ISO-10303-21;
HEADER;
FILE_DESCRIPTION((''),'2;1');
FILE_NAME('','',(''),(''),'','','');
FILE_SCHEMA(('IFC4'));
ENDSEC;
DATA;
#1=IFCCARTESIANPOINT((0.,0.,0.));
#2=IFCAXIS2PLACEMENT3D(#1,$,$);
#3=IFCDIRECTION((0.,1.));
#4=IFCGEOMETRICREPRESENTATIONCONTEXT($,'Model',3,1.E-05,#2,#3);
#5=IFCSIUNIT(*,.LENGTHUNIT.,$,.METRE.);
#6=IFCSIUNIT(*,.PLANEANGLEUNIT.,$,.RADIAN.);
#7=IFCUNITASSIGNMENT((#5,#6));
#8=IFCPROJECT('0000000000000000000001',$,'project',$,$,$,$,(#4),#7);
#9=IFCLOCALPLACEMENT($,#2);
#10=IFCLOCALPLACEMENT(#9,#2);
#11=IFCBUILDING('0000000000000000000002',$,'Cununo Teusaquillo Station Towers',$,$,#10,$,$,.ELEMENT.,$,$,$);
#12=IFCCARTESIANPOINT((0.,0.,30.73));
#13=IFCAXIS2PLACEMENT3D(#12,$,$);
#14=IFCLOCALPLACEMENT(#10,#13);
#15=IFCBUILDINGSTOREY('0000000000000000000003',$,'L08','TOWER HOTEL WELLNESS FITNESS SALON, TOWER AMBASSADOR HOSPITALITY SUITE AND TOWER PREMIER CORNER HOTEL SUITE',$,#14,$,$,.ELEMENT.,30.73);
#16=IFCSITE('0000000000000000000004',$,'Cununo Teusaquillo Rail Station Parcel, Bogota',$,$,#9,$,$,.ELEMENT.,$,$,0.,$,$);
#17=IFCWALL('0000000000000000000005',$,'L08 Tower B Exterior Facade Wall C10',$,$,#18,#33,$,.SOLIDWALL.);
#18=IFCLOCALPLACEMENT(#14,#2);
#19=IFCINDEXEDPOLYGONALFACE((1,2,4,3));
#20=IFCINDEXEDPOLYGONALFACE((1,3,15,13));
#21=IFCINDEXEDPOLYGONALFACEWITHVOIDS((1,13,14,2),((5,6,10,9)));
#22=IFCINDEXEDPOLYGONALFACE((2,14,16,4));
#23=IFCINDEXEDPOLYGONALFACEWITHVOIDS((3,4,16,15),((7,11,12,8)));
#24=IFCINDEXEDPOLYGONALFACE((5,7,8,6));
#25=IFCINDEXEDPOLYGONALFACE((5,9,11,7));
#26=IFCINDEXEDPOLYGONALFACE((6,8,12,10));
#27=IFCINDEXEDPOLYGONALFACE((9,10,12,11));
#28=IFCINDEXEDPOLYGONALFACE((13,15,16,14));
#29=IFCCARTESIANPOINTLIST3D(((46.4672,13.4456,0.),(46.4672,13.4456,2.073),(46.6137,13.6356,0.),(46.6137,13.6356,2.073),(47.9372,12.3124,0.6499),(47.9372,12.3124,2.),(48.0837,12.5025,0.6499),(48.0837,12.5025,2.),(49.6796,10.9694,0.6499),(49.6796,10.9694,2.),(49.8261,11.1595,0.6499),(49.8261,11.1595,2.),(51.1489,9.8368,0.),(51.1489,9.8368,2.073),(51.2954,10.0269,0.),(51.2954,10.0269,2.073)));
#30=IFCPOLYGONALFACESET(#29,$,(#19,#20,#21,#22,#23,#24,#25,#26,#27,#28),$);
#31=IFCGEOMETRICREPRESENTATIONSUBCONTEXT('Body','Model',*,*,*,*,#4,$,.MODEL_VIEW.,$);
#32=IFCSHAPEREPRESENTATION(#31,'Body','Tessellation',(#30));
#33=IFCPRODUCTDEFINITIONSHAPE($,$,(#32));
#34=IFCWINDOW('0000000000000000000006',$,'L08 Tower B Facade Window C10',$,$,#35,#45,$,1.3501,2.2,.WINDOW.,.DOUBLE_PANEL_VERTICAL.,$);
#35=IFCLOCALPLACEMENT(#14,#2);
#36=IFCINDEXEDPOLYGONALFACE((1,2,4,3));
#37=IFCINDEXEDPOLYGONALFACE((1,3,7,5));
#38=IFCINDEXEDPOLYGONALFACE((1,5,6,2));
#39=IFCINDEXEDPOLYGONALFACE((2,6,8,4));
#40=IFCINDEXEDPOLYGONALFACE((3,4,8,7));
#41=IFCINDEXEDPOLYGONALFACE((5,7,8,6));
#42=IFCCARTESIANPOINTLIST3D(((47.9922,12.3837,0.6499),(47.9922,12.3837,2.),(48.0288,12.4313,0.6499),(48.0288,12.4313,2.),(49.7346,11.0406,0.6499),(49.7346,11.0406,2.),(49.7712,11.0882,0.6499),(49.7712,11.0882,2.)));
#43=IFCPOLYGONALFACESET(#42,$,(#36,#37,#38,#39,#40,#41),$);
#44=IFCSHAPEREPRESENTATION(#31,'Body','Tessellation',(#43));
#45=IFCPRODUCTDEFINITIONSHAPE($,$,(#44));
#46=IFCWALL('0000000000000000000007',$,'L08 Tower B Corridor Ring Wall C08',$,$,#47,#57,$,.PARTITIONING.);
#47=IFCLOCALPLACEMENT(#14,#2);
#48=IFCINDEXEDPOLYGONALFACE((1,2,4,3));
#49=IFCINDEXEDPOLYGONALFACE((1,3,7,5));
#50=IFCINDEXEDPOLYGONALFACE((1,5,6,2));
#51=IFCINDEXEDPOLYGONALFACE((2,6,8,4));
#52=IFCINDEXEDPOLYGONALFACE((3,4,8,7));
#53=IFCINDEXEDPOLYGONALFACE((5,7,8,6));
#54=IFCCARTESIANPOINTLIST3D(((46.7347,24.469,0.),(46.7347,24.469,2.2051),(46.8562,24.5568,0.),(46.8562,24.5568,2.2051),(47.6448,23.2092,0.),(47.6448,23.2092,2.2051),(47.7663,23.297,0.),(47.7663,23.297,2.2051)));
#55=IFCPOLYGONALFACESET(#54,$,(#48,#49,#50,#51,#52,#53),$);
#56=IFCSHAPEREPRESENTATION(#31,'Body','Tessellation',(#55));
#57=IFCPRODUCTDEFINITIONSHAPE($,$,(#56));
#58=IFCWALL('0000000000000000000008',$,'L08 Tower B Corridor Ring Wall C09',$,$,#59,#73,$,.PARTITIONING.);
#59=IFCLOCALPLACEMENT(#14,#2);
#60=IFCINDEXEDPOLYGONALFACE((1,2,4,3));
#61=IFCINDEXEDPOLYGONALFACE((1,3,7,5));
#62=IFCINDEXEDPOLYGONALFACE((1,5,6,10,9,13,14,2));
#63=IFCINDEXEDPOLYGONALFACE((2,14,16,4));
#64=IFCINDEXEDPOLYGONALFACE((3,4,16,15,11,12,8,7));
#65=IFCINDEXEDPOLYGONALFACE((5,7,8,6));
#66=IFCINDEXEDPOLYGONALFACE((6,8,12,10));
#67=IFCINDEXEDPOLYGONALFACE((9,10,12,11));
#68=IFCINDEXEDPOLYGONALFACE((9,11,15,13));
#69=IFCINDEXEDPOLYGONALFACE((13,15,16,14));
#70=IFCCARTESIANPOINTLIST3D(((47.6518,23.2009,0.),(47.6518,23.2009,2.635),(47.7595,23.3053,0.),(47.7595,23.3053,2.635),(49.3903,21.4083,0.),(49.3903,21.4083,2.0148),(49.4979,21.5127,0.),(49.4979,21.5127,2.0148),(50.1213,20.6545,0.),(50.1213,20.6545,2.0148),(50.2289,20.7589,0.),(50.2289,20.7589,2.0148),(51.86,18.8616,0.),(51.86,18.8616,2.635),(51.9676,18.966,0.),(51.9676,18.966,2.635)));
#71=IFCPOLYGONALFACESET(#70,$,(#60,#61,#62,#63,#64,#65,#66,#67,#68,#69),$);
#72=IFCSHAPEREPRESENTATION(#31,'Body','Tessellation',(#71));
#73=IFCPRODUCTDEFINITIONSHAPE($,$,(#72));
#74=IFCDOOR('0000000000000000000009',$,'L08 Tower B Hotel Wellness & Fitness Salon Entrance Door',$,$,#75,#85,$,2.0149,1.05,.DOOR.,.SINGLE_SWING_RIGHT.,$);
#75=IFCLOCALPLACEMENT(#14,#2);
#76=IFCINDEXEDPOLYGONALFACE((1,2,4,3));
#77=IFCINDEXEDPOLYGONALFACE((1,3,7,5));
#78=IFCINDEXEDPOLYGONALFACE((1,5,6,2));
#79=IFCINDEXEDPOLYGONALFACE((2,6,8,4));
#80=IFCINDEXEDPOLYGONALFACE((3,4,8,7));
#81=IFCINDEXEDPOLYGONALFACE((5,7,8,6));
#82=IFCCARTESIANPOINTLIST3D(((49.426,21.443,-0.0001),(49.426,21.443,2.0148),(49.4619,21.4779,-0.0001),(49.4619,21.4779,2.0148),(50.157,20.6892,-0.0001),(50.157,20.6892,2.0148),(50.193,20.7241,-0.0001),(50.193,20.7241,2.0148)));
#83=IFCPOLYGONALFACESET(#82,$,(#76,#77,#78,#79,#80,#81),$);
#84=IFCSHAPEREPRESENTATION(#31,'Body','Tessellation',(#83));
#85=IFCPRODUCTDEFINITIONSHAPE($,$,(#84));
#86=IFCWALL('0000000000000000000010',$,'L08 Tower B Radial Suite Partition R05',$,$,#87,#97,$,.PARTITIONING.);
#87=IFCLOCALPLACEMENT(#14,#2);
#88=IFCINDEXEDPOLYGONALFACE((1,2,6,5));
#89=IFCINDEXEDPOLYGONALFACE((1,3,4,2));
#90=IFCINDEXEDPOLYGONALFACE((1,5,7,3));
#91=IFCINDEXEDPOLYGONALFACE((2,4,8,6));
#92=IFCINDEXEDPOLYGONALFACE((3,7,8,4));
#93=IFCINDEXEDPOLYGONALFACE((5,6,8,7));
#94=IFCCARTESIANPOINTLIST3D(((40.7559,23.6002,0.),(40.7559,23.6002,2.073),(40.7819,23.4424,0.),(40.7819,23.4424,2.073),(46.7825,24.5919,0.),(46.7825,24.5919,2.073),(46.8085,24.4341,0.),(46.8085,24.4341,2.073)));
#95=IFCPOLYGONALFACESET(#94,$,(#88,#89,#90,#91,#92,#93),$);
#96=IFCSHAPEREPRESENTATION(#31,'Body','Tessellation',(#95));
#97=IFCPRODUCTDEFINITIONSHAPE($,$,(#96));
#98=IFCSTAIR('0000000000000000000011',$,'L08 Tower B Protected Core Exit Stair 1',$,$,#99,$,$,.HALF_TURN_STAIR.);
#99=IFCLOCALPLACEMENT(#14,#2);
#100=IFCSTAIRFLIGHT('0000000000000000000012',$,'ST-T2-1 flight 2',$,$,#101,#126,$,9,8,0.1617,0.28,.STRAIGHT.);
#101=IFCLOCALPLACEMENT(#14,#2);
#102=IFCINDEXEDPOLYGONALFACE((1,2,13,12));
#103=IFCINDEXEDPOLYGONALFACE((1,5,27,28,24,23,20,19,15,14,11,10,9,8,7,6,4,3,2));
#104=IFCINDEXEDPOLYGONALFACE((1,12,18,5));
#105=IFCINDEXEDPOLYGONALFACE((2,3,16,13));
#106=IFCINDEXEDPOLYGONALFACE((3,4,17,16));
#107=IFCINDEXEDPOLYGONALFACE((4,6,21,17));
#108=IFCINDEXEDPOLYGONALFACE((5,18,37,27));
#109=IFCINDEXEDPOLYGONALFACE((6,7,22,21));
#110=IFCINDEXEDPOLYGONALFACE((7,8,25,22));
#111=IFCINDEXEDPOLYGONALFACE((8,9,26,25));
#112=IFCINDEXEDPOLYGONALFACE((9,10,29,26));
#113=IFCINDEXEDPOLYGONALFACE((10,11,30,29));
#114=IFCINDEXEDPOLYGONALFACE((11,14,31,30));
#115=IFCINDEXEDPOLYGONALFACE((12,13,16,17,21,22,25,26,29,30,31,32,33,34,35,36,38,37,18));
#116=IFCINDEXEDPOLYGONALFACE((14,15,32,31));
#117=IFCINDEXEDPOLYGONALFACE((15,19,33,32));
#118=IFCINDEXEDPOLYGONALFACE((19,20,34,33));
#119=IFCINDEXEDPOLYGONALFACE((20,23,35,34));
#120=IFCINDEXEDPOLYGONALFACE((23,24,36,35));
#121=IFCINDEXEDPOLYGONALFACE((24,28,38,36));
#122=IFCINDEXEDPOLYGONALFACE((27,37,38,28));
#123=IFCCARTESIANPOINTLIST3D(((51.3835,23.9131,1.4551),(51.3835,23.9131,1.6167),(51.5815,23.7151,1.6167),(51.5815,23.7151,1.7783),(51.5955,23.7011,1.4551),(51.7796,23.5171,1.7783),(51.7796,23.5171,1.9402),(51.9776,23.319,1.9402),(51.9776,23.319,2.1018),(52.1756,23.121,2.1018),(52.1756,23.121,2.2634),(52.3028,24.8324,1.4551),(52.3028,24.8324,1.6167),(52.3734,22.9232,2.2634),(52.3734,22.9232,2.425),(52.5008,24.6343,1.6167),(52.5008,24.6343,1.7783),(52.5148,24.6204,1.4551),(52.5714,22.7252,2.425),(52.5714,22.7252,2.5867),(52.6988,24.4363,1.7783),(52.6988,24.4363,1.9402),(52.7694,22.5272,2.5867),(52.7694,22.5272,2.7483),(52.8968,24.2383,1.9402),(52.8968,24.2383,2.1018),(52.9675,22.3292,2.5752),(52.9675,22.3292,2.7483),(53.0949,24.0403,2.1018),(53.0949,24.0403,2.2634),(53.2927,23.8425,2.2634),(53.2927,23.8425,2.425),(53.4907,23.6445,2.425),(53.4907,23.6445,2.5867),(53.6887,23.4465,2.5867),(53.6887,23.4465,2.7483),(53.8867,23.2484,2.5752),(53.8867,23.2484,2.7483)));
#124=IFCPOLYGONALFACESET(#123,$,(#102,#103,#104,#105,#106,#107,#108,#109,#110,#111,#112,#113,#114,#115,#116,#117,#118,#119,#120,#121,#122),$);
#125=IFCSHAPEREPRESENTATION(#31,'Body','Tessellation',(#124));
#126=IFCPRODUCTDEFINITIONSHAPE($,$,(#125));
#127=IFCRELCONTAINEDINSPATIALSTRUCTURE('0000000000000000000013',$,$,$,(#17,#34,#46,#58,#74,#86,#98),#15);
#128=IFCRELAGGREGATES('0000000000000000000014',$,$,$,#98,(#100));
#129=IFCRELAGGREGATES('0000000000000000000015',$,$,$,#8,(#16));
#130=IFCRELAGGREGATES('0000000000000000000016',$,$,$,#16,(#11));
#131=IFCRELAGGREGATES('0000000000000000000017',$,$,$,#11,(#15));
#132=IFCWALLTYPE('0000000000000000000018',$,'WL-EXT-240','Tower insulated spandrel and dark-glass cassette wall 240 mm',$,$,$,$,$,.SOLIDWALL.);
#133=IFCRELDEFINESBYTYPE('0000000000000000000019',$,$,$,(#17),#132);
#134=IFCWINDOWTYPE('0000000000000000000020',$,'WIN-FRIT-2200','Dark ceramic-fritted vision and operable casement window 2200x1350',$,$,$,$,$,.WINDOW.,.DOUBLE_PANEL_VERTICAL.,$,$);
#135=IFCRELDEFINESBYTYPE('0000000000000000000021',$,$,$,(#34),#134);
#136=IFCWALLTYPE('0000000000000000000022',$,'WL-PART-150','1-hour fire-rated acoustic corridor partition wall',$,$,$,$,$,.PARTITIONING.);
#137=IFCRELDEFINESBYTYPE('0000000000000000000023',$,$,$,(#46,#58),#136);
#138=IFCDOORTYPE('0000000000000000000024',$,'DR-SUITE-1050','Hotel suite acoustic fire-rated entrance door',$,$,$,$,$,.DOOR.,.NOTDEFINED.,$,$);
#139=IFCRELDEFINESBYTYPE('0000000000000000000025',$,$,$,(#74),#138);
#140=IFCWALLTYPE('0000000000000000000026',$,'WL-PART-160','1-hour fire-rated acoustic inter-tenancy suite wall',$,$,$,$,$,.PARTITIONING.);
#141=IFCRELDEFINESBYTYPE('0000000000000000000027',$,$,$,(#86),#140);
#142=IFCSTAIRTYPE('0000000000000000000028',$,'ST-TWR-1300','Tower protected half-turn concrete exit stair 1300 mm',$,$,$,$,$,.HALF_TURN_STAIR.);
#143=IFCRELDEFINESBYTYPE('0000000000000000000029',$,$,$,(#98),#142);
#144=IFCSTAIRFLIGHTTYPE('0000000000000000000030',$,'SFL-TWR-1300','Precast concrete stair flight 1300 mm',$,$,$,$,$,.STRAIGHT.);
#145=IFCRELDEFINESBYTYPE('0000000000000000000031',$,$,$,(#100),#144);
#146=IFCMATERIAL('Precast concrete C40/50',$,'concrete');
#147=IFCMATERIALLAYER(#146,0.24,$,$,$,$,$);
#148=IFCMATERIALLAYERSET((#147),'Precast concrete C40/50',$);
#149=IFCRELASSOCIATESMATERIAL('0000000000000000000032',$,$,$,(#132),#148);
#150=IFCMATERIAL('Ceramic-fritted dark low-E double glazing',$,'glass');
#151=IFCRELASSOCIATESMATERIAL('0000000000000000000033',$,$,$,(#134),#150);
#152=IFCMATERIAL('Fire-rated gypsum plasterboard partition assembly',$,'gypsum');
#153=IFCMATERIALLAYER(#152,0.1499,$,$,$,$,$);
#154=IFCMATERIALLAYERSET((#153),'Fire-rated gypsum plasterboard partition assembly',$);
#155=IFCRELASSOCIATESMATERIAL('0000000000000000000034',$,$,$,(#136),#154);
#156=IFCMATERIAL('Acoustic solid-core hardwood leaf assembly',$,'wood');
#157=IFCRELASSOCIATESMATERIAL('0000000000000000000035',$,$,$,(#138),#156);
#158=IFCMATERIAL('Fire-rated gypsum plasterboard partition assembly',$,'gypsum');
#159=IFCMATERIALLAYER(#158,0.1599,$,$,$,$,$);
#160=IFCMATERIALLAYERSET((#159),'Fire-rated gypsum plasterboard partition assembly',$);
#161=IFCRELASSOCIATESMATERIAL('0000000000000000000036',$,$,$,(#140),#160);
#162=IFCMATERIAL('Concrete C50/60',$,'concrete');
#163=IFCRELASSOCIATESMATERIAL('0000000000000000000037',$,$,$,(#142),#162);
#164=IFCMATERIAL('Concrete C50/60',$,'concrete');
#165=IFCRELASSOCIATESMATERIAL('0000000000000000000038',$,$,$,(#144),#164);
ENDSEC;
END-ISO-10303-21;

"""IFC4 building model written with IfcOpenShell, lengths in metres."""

from ifc_helpers import new_model, si_unit, direction, frame, frame_2d, origin, place, context, subcontext, project, spatial, polyline, rectangle, outline, extrude, source, transform, mapped, material, layer, layer_set, type_object, element, fill, aggregate, save


model = new_model("IFC4")

# Units and contexts
model_context = context("Model", 3, precision=1e-05, world=origin(), true_north=direction((0.0, 1.0)))
body_context = subcontext(model_context, "Body", "Model", "MODEL_VIEW")
ifc_project = project(units=[si_unit("LENGTHUNIT", "METRE"), si_unit("PLANEANGLEUNIT", "RADIAN")], contexts=[model_context])

# Site, building, storey
site_placement = place(None, origin())
site = spatial("IfcSite", under=ifc_project, at=site_placement, Name="Cununo Teusaquillo Rail Station Parcel, Bogota", CompositionType="ELEMENT", RefElevation=0.0)
building_placement = place(site_placement, origin())
building = spatial("IfcBuilding", under=site, at=building_placement, Name="Cununo Teusaquillo Station Towers", CompositionType="ELEMENT")
storey_placement = place(building_placement, frame((0.0, 0.0, 30.73)))
storey = spatial("IfcBuildingStorey", under=building, at=storey_placement, Name="L08", Description="TOWER HOTEL WELLNESS FITNESS SALON, TOWER AMBASSADOR HOSPITALITY SUITE AND TOWER PREMIER CORNER HOTEL SUITE", CompositionType="ELEMENT", Elevation=30.73)

# Shared definitions
ifc_material_1 = material(Name="Precast concrete C40/50", Category="concrete")
ifc_layer_1 = layer(ifc_material_1, 0.24)
ifc_layer_set_1 = layer_set([ifc_layer_1], Name="Precast concrete C40/50")
wall_type_1 = type_object("IfcWallType", Name="WL-EXT-240", Description="Tower insulated spandrel and dark-glass cassette wall 240 mm", PredefinedType="SOLIDWALL", material=ifc_layer_set_1)

# Shared definitions
shared_shape_1 = source(origin(), body_context, "Body", "SweptSolid", [
    extrude(rectangle(XDim=2.2, YDim=1.3501, at=frame_2d((1.1001, 0.675))), frame((0.0, 0.1299, 0.0), z_axis=(0.0, -1.0, 0.0), x_axis=(1.0, 0.0, 0.0)), (0.0, 0.0, 1.0), 0.26),
])
ifc_material_2 = material(Name="Ceramic-fritted dark low-E double glazing", Category="glass")
window_type_1 = type_object("IfcWindowType", Name="WIN-FRIT-2200", Description="Dark ceramic-fritted vision and operable casement window 2200x1350", PartitioningType="DOUBLE_PANEL_VERTICAL", PredefinedType="WINDOW", material=ifc_material_2)
shared_shape_2 = source(origin(), body_context, "Body", "SweptSolid", [
    extrude(rectangle(XDim=2.2, YDim=1.3501, at=frame_2d((1.1001, 0.675))), frame((0.0, 0.03, 0.0), z_axis=(0.0, -1.0, 0.0), x_axis=(1.0, 0.0, 0.0)), (0.0, 0.0, 1.0), 0.0601),
])

# Wall, opening, window
wall_1_placement = place(storey_placement, frame((51.2222, 9.9319, 0.0), z_axis=(0.0, 0.0, 1.0), x_axis=(-0.79202, 0.610495, 0.0)))
wall_1 = element("IfcWall", 1, at=wall_1_placement, inside=storey, type_object=wall_type_1, Name="L08 Tower B Exterior Facade Wall C10", PredefinedType="SOLIDWALL", context=body_context, shape_type="SweptSolid", body=[
    extrude(rectangle(XDim=5.9111, YDim=0.24, at=frame_2d((2.9556, 0.0))), origin(), (0.0, 0.0, 1.0), 2.073),
])
opening_1_placement = place(wall_1_placement, frame((1.855, 0.0, 0.6499)))
opening_1 = element("IfcOpeningElement", 2, at=opening_1_placement, cuts=wall_1, PredefinedType="OPENING", context=body_context, shape_type="MappedRepresentation", body=[
    mapped(shared_shape_1, transform((0.0, 0.0, 0.0), x_axis=(1.0, 0.0, 0.0), y_axis=(0.0, 1.0, 0.0), z_axis=(0.0, 0.0, 1.0), scale=1.0)),
])
window_1_placement = place(opening_1_placement, origin())
window_1 = element("IfcWindow", 3, at=window_1_placement, inside=storey, type_object=window_type_1, Name="L08 Tower B Facade Window C10", OverallHeight=1.3501, OverallWidth=2.2, PartitioningType="DOUBLE_PANEL_VERTICAL", PredefinedType="WINDOW", context=body_context, shape_type="MappedRepresentation", body=[
    mapped(shared_shape_2, transform((0.0, 0.0, 0.0), x_axis=(1.0, 0.0, 0.0), y_axis=(0.0, 1.0, 0.0), z_axis=(0.0, 0.0, 1.0), scale=1.0)),
])
fill(opening_1, window_1)

# Wall
ifc_material_3 = material(Name="Fire-rated gypsum plasterboard partition assembly", Category="gypsum")
ifc_layer_2 = layer(ifc_material_3, 0.1499)
ifc_layer_set_2 = layer_set([ifc_layer_2], Name="Fire-rated gypsum plasterboard partition assembly")
wall_type_2 = type_object("IfcWallType", Name="WL-PART-150", Description="1-hour fire-rated acoustic corridor partition wall", PredefinedType="PARTITIONING", material=ifc_layer_set_2)
wall_2_placement = place(storey_placement, frame((46.7954, 24.5129, 0.0), z_axis=(0.0, 0.0, 1.0), x_axis=(0.585628, -0.81058, 0.0)))
element("IfcWall", 4, at=wall_2_placement, inside=storey, type_object=wall_type_2, Name="L08 Tower B Corridor Ring Wall C08", PredefinedType="PARTITIONING", context=body_context, shape_type="SweptSolid", body=[
    extrude(rectangle(XDim=1.5542, YDim=0.1499, at=frame_2d((0.7771, 0.0))), origin(), (0.0, 0.0, 1.0), 2.2051),
])

# Wall, opening, door
wall_3_placement = place(storey_placement, frame((47.7056, 23.2532, 0.0), z_axis=(0.0, 0.0, 1.0), x_axis=(0.696179, -0.717868, 0.0)))
wall_3 = element("IfcWall", 5, at=wall_3_placement, inside=storey, type_object=wall_type_2, Name="L08 Tower B Corridor Ring Wall C09", PredefinedType="PARTITIONING", context=body_context, shape_type="SweptSolid", body=[
    extrude(rectangle(XDim=6.0447, YDim=0.1499, at=frame_2d((3.0225, 0.0))), origin(), (0.0, 0.0, 1.0), 2.635),
])
shared_shape_3 = source(origin(), body_context, "Body", "SweptSolid", [
    extrude(rectangle(XDim=1.05, YDim=2.0149, at=frame_2d((0.5249, 1.0073))), frame((0.0, 0.085, 0.0), z_axis=(0.0, -1.0, 0.0), x_axis=(1.0, 0.0, 0.0)), (0.0, 0.0, 1.0), 0.1699),
])
opening_2_placement = place(wall_3_placement, frame((2.4973, 0.0, 0.0)))
opening_2 = element("IfcOpeningElement", 6, at=opening_2_placement, cuts=wall_3, PredefinedType="OPENING", context=body_context, shape_type="MappedRepresentation", body=[
    mapped(shared_shape_3, transform((0.0, 0.0, 0.0), x_axis=(1.0, 0.0, 0.0), y_axis=(0.0, 1.0, 0.0), z_axis=(0.0, 0.0, 1.0), scale=1.0)),
])
ifc_material_4 = material(Name="Acoustic solid-core hardwood leaf assembly", Category="wood")
door_type_1 = type_object("IfcDoorType", Name="DR-SUITE-1050", Description="Hotel suite acoustic fire-rated entrance door", OperationType="NOTDEFINED", PredefinedType="DOOR", material=ifc_material_4)
shared_shape_4 = source(origin(), body_context, "Body", "SweptSolid", [
    extrude(rectangle(XDim=1.05, YDim=2.0149, at=frame_2d((0.5249, 1.0073))), frame((0.0, 0.0249, 0.0), z_axis=(0.0, -1.0, 0.0), x_axis=(1.0, 0.0, 0.0)), (0.0, 0.0, 1.0), 0.05),
])
door_1_placement = place(opening_2_placement, origin())
door_1 = element("IfcDoor", 7, at=door_1_placement, inside=storey, type_object=door_type_1, Name="L08 Tower B Hotel Wellness & Fitness Salon Entrance Door", OperationType="SINGLE_SWING_RIGHT", OverallHeight=2.0149, OverallWidth=1.05, PredefinedType="DOOR", context=body_context, shape_type="MappedRepresentation", body=[
    mapped(shared_shape_4, transform((0.0, 0.0, 0.0), x_axis=(1.0, 0.0, 0.0), y_axis=(0.0, 1.0, 0.0), z_axis=(0.0, 0.0, 1.0), scale=1.0)),
])
fill(opening_2, door_1)

# Wall
ifc_material_5 = material(Name="Fire-rated gypsum plasterboard partition assembly", Category="gypsum")
ifc_layer_3 = layer(ifc_material_5, 0.1599)
ifc_layer_set_3 = layer_set([ifc_layer_3], Name="Fire-rated gypsum plasterboard partition assembly")
wall_type_3 = type_object("IfcWallType", Name="WL-PART-160", Description="1-hour fire-rated acoustic inter-tenancy suite wall", PredefinedType="PARTITIONING", material=ifc_layer_set_3)
wall_4_placement = place(storey_placement, frame((46.7954, 24.5129, 0.0), z_axis=(0.0, 0.0, 1.0), x_axis=(-0.98673, -0.16237, 0.0)))
element("IfcWall", 8, at=wall_4_placement, inside=storey, type_object=wall_type_3, Name="L08 Tower B Radial Suite Partition R05", PredefinedType="PARTITIONING", context=body_context, shape_type="SweptSolid", body=[
    extrude(rectangle(XDim=6.1077, YDim=0.1599, at=frame_2d((3.0537, 0.0))), origin(), (0.0, 0.0, 1.0), 2.073),
])

# Stair, stair flight
ifc_material_6 = material(Name="Concrete C50/60", Category="concrete")
stair_type = type_object("IfcStairType", Name="ST-TWR-1300", Description="Tower protected half-turn concrete exit stair 1300 mm", PredefinedType="HALF_TURN_STAIR", material=ifc_material_6)
stair_placement = place(storey_placement, origin())
stair = element("IfcStair", 9, at=stair_placement, inside=storey, type_object=stair_type, Name="L08 Tower B Protected Core Exit Stair 1", PredefinedType="HALF_TURN_STAIR")
ifc_material_7 = material(Name="Concrete C50/60", Category="concrete")
stair_flight_type = type_object("IfcStairFlightType", Name="SFL-TWR-1300", Description="Precast concrete stair flight 1300 mm", PredefinedType="STRAIGHT", material=ifc_material_7)
stair_flight_placement = place(storey_placement, frame((51.8433, 24.3728, 1.4551), z_axis=(0.0, 0.0, 1.0), x_axis=(0.707107, -0.707107, 0.0)))
stair_flight = element("IfcStairFlight", 10, at=stair_flight_placement, type_object=stair_flight_type, Name="ST-T2-1 flight 2", NumberOfRisers=9, NumberOfTreads=8, PredefinedType="STRAIGHT", RiserHeight=0.1617, TreadLength=0.28, context=body_context, shape_type="SweptSolid", body=[
    extrude(outline(polyline([(0.0, 0.0), (0.0, 0.1616), (0.28, 0.1616), (0.28, 0.3232), (0.5601, 0.3232), (0.5601, 0.4851), (0.8401, 0.4851), (0.8401, 0.6467), (1.1201, 0.6467), (1.1201, 0.8083), (1.3999, 0.8083), (1.3999, 0.97), (1.6799, 0.97), (1.6799, 1.1316), (1.96, 1.1316), (1.96, 1.2932), (2.24, 1.2932), (2.24, 1.4551), (2.24, 1.1201), (0.2998, 0.0), (0.0, 0.0)])), frame((0.0, 0.6499, 0.0), z_axis=(0.0, -1.0, 0.0), x_axis=(1.0, 0.0, 0.0)), (0.0, 0.0, 1.0), 1.3),
])
aggregate(stair, [stair_flight])

save(model, "model.ifc")
